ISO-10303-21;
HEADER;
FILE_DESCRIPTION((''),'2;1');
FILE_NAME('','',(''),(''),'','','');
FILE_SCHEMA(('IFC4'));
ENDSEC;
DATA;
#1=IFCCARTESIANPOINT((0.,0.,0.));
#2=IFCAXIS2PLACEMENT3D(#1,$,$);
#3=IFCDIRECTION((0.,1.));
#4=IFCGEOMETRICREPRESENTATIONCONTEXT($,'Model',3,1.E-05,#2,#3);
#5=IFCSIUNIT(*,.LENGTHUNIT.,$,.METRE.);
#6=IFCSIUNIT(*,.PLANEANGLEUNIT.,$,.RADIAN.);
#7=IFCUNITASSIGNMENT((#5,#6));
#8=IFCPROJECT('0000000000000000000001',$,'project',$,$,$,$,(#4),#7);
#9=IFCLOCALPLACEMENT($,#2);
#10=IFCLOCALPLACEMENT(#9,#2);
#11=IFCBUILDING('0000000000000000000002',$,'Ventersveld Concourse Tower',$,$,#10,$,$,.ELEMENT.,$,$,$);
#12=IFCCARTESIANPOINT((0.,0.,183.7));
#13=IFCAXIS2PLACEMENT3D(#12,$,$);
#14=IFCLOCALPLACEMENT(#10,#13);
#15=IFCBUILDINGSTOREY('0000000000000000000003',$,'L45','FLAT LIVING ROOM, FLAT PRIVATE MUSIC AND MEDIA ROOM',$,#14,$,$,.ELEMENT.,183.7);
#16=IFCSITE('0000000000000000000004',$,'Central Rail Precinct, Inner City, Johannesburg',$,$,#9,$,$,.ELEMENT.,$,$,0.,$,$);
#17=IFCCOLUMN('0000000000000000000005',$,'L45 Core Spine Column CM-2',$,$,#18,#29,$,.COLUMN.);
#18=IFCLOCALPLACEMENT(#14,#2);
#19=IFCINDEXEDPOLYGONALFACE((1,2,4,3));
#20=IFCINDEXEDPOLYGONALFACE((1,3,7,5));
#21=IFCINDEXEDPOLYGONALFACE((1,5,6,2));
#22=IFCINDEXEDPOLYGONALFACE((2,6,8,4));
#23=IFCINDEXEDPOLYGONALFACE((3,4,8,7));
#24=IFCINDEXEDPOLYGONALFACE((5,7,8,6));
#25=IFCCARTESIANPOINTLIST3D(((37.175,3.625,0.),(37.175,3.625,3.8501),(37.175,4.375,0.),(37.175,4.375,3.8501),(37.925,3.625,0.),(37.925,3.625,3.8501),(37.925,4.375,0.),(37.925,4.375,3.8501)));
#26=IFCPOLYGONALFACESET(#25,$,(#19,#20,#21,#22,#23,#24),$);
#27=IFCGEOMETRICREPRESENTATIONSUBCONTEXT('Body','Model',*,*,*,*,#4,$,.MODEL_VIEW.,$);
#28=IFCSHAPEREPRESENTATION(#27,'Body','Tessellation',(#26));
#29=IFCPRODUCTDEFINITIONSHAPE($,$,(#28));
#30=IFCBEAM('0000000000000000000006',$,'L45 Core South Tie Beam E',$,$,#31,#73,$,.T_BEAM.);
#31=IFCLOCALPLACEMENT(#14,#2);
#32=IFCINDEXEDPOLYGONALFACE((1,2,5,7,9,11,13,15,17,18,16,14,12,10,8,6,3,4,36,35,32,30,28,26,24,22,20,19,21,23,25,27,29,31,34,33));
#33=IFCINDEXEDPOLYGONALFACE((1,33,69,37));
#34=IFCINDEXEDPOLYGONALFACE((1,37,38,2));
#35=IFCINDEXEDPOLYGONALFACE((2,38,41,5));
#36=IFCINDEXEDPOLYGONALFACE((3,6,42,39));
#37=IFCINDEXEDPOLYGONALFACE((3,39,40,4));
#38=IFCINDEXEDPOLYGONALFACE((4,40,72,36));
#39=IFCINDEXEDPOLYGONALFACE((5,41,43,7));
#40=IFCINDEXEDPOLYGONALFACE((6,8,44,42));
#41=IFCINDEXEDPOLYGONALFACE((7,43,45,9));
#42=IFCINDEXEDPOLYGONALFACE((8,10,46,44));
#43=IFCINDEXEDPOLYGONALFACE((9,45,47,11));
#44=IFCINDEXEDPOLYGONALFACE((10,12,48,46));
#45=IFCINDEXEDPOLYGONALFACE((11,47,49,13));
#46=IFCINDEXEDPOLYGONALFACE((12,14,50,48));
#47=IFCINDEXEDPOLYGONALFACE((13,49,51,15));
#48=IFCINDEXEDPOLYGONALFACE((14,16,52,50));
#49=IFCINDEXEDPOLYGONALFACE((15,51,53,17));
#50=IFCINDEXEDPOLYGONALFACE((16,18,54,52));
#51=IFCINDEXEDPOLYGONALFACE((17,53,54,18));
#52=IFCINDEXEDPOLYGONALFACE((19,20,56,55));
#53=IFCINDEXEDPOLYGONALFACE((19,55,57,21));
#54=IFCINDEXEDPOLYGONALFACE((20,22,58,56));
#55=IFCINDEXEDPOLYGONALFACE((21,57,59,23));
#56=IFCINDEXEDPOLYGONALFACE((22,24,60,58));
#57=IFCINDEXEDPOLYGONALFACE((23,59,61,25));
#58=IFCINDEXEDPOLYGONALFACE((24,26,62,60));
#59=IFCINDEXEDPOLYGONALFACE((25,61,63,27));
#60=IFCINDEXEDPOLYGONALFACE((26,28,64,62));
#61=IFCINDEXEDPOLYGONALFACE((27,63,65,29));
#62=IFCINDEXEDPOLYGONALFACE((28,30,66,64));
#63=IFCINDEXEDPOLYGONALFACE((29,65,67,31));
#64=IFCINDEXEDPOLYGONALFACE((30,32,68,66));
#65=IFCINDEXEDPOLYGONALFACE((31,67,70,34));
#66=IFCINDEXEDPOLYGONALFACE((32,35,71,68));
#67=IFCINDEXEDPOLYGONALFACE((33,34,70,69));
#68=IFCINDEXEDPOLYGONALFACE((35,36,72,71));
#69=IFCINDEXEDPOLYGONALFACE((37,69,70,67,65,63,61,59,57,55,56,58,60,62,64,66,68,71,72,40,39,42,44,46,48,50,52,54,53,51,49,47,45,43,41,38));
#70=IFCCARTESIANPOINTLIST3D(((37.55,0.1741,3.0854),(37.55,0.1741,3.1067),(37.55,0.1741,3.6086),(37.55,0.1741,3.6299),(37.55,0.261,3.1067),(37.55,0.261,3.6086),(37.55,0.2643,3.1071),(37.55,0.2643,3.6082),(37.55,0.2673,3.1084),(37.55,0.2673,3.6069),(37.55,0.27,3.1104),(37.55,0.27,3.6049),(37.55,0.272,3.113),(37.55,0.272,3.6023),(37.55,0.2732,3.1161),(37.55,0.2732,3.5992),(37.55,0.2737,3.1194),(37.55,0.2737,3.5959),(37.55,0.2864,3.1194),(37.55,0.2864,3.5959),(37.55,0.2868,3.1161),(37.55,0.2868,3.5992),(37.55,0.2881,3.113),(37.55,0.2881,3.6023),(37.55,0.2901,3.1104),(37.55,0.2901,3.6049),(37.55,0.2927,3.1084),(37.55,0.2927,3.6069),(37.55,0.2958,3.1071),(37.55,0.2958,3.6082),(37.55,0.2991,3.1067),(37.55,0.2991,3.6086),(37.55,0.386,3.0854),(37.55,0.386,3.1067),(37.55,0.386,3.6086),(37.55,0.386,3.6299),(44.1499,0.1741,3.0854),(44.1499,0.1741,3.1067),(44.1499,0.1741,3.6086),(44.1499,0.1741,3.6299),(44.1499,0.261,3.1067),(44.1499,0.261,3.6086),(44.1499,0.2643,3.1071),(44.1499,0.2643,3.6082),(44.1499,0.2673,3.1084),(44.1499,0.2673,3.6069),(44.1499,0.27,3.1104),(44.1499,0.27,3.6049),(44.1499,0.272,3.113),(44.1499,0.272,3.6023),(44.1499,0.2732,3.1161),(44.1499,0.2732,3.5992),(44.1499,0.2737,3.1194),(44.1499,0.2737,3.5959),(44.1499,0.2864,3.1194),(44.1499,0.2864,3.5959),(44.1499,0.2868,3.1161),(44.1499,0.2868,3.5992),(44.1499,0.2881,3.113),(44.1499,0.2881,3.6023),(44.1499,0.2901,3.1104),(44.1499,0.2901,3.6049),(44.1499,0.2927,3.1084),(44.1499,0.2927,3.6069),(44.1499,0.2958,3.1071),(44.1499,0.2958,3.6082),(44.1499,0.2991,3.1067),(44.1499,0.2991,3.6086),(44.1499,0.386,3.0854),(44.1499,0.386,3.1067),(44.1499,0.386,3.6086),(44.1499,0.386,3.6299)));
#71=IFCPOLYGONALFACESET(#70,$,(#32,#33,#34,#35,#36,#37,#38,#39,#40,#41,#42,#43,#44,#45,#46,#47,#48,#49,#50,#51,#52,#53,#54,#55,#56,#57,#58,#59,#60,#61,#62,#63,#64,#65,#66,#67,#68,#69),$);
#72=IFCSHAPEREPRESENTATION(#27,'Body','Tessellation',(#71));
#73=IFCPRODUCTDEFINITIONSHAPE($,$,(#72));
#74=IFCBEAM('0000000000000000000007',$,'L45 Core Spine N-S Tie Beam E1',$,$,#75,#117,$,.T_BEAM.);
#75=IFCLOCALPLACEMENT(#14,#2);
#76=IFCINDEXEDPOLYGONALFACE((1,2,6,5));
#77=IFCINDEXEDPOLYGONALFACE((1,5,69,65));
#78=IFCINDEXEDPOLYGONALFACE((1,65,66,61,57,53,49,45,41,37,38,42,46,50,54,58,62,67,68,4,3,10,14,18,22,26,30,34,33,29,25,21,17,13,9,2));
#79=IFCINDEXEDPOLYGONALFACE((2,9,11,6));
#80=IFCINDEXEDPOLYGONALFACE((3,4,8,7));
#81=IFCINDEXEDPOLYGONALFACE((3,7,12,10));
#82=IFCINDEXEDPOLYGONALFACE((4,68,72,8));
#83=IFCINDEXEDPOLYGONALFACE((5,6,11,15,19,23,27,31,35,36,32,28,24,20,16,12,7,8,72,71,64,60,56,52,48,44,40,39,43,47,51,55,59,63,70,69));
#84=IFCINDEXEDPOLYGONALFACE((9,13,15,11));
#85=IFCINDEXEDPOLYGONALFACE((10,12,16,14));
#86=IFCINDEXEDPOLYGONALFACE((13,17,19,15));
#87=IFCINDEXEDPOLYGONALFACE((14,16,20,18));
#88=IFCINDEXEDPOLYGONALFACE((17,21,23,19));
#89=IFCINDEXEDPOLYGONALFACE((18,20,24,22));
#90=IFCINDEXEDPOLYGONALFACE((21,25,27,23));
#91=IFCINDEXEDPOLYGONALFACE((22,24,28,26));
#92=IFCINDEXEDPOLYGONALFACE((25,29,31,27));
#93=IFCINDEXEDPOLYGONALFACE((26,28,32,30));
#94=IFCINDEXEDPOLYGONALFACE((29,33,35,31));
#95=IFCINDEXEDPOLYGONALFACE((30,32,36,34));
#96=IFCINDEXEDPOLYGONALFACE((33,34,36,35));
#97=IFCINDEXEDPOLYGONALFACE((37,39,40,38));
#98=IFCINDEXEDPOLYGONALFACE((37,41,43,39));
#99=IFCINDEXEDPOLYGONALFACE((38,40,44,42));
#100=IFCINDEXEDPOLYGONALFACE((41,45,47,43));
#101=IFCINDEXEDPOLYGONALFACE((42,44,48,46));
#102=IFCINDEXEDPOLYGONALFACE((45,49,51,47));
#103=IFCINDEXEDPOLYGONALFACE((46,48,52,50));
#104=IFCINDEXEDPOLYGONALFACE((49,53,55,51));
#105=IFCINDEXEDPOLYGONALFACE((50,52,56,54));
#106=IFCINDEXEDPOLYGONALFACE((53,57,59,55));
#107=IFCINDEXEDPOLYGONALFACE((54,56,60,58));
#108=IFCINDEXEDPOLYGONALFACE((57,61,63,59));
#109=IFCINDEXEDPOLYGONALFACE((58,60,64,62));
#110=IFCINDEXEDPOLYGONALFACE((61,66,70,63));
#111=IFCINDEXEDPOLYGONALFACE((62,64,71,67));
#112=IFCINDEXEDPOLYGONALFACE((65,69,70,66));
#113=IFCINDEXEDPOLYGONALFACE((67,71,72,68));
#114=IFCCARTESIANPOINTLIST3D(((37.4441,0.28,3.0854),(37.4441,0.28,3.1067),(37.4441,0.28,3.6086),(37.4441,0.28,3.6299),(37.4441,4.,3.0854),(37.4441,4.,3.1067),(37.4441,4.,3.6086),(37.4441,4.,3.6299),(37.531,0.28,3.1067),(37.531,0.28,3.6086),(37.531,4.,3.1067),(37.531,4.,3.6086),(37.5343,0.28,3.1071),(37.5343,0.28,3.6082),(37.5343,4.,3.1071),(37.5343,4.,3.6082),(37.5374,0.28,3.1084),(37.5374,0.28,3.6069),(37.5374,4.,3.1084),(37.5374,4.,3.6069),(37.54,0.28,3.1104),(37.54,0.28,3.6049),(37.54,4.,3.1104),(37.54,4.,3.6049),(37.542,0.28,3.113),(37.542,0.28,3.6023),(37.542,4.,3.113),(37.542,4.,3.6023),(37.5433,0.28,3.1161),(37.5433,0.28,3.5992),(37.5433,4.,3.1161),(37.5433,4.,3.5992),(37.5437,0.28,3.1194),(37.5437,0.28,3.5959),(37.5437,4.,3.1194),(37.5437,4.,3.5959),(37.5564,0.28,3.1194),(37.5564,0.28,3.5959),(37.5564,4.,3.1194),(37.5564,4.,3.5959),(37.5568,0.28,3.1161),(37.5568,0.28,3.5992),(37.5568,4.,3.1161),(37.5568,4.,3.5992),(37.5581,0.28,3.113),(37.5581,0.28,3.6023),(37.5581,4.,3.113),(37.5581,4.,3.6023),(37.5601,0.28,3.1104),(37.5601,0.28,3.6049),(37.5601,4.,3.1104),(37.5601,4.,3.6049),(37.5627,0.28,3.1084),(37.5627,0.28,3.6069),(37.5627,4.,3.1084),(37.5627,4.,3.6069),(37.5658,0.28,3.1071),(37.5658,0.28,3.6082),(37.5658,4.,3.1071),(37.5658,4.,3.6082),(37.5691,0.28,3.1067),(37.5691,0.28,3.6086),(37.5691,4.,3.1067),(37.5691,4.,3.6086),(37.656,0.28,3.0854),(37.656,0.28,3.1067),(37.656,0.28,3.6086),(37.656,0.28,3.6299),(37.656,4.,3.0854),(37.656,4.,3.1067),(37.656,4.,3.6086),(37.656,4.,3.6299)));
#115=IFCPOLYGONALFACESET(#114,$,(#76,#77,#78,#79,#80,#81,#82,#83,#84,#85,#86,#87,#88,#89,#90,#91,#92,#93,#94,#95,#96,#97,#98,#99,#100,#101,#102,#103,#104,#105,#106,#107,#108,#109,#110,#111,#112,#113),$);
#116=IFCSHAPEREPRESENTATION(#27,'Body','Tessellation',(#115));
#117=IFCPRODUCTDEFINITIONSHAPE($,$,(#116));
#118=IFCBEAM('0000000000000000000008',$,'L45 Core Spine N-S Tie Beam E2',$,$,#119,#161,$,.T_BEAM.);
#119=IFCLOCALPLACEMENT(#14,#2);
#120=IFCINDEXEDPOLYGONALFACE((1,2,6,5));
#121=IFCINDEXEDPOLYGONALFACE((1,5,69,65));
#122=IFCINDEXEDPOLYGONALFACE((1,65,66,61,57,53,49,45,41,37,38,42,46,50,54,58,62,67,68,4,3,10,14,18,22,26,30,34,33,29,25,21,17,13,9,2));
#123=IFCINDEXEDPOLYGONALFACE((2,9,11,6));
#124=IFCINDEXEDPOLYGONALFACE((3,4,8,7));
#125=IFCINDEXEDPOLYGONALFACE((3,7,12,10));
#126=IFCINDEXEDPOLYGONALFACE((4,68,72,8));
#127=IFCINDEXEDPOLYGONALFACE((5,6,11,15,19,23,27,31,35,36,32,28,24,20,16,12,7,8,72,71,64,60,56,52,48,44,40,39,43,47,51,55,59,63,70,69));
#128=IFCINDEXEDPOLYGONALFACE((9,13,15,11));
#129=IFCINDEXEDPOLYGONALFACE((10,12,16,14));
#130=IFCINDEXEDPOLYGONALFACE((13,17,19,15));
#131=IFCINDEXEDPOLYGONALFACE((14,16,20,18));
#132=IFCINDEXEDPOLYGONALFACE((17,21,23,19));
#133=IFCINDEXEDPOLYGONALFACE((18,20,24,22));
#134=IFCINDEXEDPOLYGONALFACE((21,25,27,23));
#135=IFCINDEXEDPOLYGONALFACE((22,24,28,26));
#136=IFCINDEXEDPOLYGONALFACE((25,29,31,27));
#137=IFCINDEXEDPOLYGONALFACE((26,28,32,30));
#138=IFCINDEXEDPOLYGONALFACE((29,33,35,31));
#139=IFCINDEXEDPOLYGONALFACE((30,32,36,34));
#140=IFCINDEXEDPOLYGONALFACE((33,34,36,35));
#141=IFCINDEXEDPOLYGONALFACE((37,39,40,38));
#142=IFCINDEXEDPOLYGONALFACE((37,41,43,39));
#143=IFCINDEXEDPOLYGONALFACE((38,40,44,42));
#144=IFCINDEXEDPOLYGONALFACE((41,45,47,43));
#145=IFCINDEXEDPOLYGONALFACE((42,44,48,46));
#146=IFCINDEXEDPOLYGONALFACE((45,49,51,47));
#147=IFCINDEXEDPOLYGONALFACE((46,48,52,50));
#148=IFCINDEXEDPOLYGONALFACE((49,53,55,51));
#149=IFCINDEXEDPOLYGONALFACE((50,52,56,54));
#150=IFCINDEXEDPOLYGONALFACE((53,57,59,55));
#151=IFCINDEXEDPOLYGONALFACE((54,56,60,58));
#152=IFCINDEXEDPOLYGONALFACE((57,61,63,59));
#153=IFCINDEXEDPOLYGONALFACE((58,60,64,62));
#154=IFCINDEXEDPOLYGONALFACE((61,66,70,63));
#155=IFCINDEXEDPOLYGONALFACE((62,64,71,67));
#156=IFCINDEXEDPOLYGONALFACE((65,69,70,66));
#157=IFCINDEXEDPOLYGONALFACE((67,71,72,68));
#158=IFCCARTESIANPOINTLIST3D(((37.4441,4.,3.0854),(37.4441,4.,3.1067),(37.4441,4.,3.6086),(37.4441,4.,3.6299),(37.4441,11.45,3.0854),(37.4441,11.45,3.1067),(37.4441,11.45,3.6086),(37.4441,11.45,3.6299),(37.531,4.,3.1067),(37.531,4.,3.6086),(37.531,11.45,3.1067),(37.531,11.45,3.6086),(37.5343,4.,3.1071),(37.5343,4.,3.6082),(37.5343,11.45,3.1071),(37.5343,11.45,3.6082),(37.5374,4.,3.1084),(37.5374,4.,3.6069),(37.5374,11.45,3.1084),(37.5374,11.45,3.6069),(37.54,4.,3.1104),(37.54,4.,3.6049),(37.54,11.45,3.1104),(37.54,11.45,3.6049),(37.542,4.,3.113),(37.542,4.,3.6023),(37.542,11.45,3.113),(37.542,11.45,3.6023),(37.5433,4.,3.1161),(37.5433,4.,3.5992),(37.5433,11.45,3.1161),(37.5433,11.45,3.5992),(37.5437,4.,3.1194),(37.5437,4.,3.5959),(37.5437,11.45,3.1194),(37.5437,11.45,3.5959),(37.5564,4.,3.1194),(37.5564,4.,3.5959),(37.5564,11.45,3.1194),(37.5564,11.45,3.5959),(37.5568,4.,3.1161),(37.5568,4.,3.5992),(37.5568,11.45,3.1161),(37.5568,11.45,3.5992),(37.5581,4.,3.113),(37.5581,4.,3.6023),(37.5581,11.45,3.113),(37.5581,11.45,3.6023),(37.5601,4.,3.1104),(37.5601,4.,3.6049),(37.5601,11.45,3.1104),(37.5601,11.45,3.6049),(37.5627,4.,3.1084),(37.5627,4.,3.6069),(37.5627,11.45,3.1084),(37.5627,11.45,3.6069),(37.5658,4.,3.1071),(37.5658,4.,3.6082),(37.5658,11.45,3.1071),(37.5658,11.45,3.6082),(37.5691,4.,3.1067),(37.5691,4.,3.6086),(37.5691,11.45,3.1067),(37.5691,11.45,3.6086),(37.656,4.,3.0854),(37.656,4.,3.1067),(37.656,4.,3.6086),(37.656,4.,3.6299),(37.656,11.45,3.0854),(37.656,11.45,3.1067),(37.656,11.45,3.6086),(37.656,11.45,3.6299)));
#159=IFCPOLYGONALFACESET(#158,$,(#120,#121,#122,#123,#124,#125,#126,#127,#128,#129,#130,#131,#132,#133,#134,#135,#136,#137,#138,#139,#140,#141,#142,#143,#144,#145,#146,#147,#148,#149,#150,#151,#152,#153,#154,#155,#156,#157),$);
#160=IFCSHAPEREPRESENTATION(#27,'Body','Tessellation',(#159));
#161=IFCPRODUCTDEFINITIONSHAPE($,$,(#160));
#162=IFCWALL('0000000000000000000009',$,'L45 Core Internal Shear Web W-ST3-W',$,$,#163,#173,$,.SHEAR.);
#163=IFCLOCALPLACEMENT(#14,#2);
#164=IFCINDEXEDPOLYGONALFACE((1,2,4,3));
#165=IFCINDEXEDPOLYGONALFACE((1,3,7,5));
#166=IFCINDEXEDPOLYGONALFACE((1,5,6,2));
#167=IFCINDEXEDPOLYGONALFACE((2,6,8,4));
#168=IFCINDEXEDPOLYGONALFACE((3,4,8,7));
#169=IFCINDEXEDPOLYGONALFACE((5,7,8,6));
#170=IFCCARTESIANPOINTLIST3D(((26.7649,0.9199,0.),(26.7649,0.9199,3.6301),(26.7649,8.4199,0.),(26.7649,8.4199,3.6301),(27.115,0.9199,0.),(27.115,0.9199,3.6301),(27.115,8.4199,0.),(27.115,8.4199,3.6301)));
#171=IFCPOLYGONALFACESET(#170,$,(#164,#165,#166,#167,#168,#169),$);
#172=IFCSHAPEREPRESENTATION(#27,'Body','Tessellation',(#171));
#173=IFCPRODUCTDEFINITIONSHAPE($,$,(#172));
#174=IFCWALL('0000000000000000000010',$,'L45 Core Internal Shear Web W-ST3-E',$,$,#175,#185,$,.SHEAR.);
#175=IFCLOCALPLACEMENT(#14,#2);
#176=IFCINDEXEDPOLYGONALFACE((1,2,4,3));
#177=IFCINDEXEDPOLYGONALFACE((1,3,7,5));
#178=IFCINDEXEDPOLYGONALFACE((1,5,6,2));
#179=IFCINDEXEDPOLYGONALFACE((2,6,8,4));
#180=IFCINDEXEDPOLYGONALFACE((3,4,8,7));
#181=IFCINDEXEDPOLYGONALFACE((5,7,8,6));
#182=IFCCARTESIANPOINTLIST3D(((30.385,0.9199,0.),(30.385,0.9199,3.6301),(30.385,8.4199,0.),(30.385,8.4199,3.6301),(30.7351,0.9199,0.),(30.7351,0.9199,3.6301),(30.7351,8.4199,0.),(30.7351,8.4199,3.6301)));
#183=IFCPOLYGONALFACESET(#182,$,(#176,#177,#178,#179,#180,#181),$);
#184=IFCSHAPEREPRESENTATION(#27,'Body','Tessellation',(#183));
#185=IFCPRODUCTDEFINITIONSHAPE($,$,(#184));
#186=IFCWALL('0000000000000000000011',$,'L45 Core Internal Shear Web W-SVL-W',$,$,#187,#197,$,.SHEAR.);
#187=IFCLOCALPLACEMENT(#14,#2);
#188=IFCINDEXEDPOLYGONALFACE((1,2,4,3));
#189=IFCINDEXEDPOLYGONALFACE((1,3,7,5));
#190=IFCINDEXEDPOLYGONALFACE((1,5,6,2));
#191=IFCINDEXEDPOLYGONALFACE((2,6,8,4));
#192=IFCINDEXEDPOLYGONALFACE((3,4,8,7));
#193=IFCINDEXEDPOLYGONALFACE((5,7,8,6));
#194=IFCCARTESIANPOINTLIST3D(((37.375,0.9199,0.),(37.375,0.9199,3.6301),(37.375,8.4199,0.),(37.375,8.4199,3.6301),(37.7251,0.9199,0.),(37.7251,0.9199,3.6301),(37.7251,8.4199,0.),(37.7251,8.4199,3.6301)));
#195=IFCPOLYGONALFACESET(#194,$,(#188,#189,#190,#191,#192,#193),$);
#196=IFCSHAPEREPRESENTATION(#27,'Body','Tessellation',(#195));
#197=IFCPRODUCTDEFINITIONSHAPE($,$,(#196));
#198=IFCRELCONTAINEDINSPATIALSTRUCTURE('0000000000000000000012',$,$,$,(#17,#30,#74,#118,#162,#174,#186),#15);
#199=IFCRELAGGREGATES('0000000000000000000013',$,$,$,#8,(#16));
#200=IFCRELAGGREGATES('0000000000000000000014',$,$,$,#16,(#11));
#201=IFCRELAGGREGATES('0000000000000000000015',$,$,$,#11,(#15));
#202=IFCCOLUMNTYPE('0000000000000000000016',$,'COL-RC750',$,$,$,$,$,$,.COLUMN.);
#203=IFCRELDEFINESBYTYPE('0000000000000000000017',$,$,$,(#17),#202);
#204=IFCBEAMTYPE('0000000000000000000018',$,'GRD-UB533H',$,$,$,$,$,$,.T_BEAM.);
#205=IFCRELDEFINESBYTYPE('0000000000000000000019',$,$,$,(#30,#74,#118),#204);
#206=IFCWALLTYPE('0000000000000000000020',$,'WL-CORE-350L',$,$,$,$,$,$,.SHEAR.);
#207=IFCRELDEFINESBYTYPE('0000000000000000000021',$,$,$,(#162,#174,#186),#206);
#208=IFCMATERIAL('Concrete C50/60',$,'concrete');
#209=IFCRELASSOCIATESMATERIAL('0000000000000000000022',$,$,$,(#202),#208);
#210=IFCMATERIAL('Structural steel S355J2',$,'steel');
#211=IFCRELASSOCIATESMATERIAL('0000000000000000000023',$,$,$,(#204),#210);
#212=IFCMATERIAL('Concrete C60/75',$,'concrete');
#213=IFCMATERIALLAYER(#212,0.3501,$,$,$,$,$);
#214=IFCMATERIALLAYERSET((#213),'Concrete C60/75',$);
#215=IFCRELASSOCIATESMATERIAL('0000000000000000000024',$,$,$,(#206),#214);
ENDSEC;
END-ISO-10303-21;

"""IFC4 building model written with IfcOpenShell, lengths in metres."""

from ifc_helpers import new_model, si_unit, direction, frame, frame_2d, origin, origin_2d, place, context, subcontext, project, spatial, rectangle, i_section, extrude, material, layer, layer_set, material_profile, profile_set, type_object, element, save


model = new_model("IFC4")

# Units and contexts
model_context = context("Model", 3, precision=1e-05, world=origin(), true_north=direction((0.0, 1.0)))
body_context = subcontext(model_context, "Body", "Model", "MODEL_VIEW")
ifc_project = project(units=[si_unit("LENGTHUNIT", "METRE"), si_unit("PLANEANGLEUNIT", "RADIAN")], contexts=[model_context])

# Site, building, storey
site_placement = place(None, origin())
site = spatial("IfcSite", under=ifc_project, at=site_placement, Name="Central Rail Precinct, Inner City, Johannesburg", CompositionType="ELEMENT", RefElevation=0.0)
building_placement = place(site_placement, origin())
building = spatial("IfcBuilding", under=site, at=building_placement, Name="Ventersveld Concourse Tower", CompositionType="ELEMENT")
storey_placement = place(building_placement, frame((0.0, 0.0, 183.7)))
storey = spatial("IfcBuildingStorey", under=building, at=storey_placement, Name="L45", Description="FLAT LIVING ROOM, FLAT PRIVATE MUSIC AND MEDIA ROOM", CompositionType="ELEMENT", Elevation=183.7)

# Column
ifc_material_1 = material(Name="Concrete C50/60", Category="concrete")
ifc_material_profile_1 = material_profile(ifc_material_1, rectangle(XDim=0.75, YDim=0.75, at=origin_2d()), Name="RC 750x750")
ifc_profile_set_1 = profile_set([ifc_material_profile_1], Name="Concrete C50/60")
column_type = type_object("IfcColumnType", Name="COL-RC750", PredefinedType="COLUMN", material=ifc_profile_set_1)
column_placement = place(storey_placement, frame((37.55, 4.0, 0.0), z_axis=(0.0, 0.0, 1.0), x_axis=(1.0, 0.0, 0.0)))
element("IfcColumn", 1, at=column_placement, inside=storey, type_object=column_type, Name="L45 Core Spine Column CM-2", PredefinedType="COLUMN", context=body_context, shape_type="SweptSolid", body=[
    extrude(rectangle(XDim=0.75, YDim=0.75, at=origin_2d()), origin(), (0.0, 0.0, 1.0), 3.8501),
])

# Beams
ifc_material_2 = material(Name="Structural steel S355J2", Category="steel")
ifc_material_profile_2 = material_profile(ifc_material_2, i_section(OverallWidth=0.2119, OverallDepth=0.5444, WebThickness=0.0127, FlangeThickness=0.0212, FilletRadius=0.0127, at=origin_2d()), Name="UB 533x210x122")
ifc_profile_set_2 = profile_set([ifc_material_profile_2], Name="Structural steel S355J2")
beam_type = type_object("IfcBeamType", Name="GRD-UB533H", PredefinedType="T_BEAM", material=ifc_profile_set_2)
beam_1_placement = place(storey_placement, frame((37.55, 0.28, 3.3577), z_axis=(1.0, 0.0, 0.0), x_axis=(0.0, 1.0, 0.0)))
element("IfcBeam", 2, at=beam_1_placement, inside=storey, type_object=beam_type, Name="L45 Core South Tie Beam E", PredefinedType="T_BEAM", context=body_context, shape_type="SweptSolid", body=[
    extrude(i_section(OverallWidth=0.2119, OverallDepth=0.5444, WebThickness=0.0127, FlangeThickness=0.0212, FilletRadius=0.0127, at=origin_2d()), origin(), (0.0, 0.0, 1.0), 6.5999),
])
beam_2_placement = place(storey_placement, frame((37.55, 0.28, 3.3577), z_axis=(0.0, 1.0, 0.0), x_axis=(-1.0, 0.0, 0.0)))
element("IfcBeam", 3, at=beam_2_placement, inside=storey, type_object=beam_type, Name="L45 Core Spine N-S Tie Beam E1", PredefinedType="T_BEAM", context=body_context, shape_type="SweptSolid", body=[
    extrude(i_section(OverallWidth=0.2119, OverallDepth=0.5444, WebThickness=0.0127, FlangeThickness=0.0212, FilletRadius=0.0127, at=origin_2d()), origin(), (0.0, 0.0, 1.0), 3.72),
])
beam_3_placement = place(storey_placement, frame((37.55, 4.0, 3.3577), z_axis=(0.0, 1.0, 0.0), x_axis=(-1.0, 0.0, 0.0)))
element("IfcBeam", 4, at=beam_3_placement, inside=storey, type_object=beam_type, Name="L45 Core Spine N-S Tie Beam E2", PredefinedType="T_BEAM", context=body_context, shape_type="SweptSolid", body=[
    extrude(i_section(OverallWidth=0.2119, OverallDepth=0.5444, WebThickness=0.0127, FlangeThickness=0.0212, FilletRadius=0.0127, at=origin_2d()), origin(), (0.0, 0.0, 1.0), 7.45),
])

# Walls
ifc_material_3 = material(Name="Concrete C60/75", Category="concrete")
ifc_layer_1 = layer(ifc_material_3, 0.3501)
ifc_layer_set_1 = layer_set([ifc_layer_1], Name="Concrete C60/75")
wall_type_1 = type_object("IfcWallType", Name="WL-CORE-350L", PredefinedType="SHEAR", material=ifc_layer_set_1)
for number, where, z_axis, x_axis, name in (
    (5, (26.9399, 0.9199, 0.0), (0.0, 0.0, 1.0), (0.0, 1.0, 0.0), "L45 Core Internal Shear Web W-ST3-W"),
    (6, (30.5601, 0.9199, 0.0), (0.0, 0.0, 1.0), (0.0, 1.0, 0.0), "L45 Core Internal Shear Web W-ST3-E"),
    (7, (37.55, 0.9199, 0.0), (0.0, 0.0, 1.0), (0.0, 1.0, 0.0), "L45 Core Internal Shear Web W-SVL-W"),
):
    element("IfcWall", number, at=place(storey_placement, frame(where, z_axis=z_axis, x_axis=x_axis)), inside=storey, type_object=wall_type_1, Name=name, PredefinedType="SHEAR", context=body_context, shape_type="SweptSolid", body=[
        extrude(rectangle(XDim=7.5, YDim=0.3501, at=frame_2d((3.75, 0.0))), origin(), (0.0, 0.0, 1.0), 3.6301),
    ])

save(model, "model.ifc")
